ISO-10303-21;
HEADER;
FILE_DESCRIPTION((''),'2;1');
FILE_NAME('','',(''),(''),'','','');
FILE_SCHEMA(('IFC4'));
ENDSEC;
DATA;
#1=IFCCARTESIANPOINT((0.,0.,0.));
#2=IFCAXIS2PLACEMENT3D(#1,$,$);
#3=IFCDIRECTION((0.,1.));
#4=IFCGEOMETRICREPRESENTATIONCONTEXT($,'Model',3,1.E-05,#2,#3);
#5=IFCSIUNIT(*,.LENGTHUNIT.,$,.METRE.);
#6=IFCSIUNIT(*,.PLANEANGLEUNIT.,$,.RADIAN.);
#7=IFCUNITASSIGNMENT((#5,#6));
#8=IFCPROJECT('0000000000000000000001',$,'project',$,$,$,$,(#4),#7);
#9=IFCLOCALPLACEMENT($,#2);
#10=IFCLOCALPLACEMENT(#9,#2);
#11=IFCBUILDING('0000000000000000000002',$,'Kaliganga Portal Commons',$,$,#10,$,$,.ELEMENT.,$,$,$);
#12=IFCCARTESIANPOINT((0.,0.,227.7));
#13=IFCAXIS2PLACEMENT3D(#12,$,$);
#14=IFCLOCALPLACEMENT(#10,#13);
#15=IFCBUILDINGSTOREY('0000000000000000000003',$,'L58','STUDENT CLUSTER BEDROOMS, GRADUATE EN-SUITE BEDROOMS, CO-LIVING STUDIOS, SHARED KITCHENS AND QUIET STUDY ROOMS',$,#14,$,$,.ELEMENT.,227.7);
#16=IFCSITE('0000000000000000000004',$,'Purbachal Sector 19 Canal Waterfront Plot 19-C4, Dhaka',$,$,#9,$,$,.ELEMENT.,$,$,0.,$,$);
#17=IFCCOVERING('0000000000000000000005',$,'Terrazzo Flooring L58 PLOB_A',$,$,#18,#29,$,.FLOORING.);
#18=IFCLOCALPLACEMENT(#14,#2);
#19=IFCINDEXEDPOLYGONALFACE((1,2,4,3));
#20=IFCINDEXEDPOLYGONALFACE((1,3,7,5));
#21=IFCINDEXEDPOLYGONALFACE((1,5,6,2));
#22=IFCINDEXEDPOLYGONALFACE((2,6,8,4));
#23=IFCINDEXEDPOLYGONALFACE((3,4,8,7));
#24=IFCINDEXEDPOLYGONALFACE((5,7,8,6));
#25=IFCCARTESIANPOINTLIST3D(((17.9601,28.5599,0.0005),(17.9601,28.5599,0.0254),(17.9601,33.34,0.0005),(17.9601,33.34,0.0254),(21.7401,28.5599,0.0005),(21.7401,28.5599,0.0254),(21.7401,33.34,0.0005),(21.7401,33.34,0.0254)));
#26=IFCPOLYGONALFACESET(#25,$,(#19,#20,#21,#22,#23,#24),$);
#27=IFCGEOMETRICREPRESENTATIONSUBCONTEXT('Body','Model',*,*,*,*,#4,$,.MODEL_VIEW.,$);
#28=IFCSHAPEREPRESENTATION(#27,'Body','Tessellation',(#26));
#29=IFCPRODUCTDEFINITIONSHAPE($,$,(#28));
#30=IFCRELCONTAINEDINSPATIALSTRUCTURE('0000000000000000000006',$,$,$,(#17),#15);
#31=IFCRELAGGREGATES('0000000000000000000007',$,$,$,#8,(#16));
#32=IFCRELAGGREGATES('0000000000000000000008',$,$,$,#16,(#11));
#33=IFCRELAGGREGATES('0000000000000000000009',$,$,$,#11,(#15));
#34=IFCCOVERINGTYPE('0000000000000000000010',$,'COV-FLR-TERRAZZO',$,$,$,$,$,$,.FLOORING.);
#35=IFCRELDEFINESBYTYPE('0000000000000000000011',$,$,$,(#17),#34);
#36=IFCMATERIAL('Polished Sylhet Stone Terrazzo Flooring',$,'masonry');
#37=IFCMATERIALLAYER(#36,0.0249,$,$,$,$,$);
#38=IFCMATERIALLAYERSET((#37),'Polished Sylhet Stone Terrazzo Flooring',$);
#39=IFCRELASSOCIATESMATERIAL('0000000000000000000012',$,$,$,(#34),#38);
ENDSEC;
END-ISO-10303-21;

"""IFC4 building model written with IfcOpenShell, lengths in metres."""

from ifc_helpers import new_model, si_unit, direction, frame, origin, origin_2d, place, context, subcontext, project, spatial, rectangle, extrude, source, transform, mapped, material, layer, layer_set, type_object, element, save


model = new_model("IFC4")

# Units and contexts
model_context = context("Model", 3, precision=1e-05, world=origin(), true_north=direction((0.0, 1.0)))
body_context = subcontext(model_context, "Body", "Model", "MODEL_VIEW")
ifc_project = project(units=[si_unit("LENGTHUNIT", "METRE"), si_unit("PLANEANGLEUNIT", "RADIAN")], contexts=[model_context])

# Site, building, storey
site_placement = place(None, origin())
site = spatial("IfcSite", under=ifc_project, at=site_placement, Name="Purbachal Sector 19 Canal Waterfront Plot 19-C4, Dhaka", CompositionType="ELEMENT", RefElevation=0.0)
building_placement = place(site_placement, origin())
building = spatial("IfcBuilding", under=site, at=building_placement, Name="Kaliganga Portal Commons", CompositionType="ELEMENT")
storey_placement = place(building_placement, frame((0.0, 0.0, 227.7)))
storey = spatial("IfcBuildingStorey", under=building, at=storey_placement, Name="L58", Description="STUDENT CLUSTER BEDROOMS, GRADUATE EN-SUITE BEDROOMS, CO-LIVING STUDIOS, SHARED KITCHENS AND QUIET STUDY ROOMS", CompositionType="ELEMENT", Elevation=227.7)

# Covering
ifc_material_1 = material(Name="Polished Sylhet Stone Terrazzo Flooring", Category="masonry")
ifc_layer_1 = layer(ifc_material_1, 0.0249)
ifc_layer_set_1 = layer_set([ifc_layer_1], Name="Polished Sylhet Stone Terrazzo Flooring")
covering_type_1 = type_object("IfcCoveringType", Name="COV-FLR-TERRAZZO", PredefinedType="FLOORING", material=ifc_layer_set_1)
shared_shape_1 = source(origin(), body_context, "Body", "SweptSolid", [
    extrude(rectangle(XDim=3.78, YDim=4.78, at=origin_2d()), origin(), (0.0, 0.0, 1.0), 0.0249),
])
covering_1_placement = place(storey_placement, frame((19.8501, 30.95, 0.0005), z_axis=(0.0, 0.0, 1.0), x_axis=(1.0, 0.0, 0.0)))
element("IfcCovering", 1, at=covering_1_placement, inside=storey, type_object=covering_type_1, Name="Terrazzo Flooring L58 PLOB_A", PredefinedType="FLOORING", context=body_context, shape_type="MappedRepresentation", body=[
    mapped(shared_shape_1, transform((0.0, 0.0, 0.0), x_axis=(1.0, 0.0, 0.0), y_axis=(0.0, 1.0, 0.0), z_axis=(0.0, 0.0, 1.0), scale=1.0)),
])

save(model, "model.ifc")
